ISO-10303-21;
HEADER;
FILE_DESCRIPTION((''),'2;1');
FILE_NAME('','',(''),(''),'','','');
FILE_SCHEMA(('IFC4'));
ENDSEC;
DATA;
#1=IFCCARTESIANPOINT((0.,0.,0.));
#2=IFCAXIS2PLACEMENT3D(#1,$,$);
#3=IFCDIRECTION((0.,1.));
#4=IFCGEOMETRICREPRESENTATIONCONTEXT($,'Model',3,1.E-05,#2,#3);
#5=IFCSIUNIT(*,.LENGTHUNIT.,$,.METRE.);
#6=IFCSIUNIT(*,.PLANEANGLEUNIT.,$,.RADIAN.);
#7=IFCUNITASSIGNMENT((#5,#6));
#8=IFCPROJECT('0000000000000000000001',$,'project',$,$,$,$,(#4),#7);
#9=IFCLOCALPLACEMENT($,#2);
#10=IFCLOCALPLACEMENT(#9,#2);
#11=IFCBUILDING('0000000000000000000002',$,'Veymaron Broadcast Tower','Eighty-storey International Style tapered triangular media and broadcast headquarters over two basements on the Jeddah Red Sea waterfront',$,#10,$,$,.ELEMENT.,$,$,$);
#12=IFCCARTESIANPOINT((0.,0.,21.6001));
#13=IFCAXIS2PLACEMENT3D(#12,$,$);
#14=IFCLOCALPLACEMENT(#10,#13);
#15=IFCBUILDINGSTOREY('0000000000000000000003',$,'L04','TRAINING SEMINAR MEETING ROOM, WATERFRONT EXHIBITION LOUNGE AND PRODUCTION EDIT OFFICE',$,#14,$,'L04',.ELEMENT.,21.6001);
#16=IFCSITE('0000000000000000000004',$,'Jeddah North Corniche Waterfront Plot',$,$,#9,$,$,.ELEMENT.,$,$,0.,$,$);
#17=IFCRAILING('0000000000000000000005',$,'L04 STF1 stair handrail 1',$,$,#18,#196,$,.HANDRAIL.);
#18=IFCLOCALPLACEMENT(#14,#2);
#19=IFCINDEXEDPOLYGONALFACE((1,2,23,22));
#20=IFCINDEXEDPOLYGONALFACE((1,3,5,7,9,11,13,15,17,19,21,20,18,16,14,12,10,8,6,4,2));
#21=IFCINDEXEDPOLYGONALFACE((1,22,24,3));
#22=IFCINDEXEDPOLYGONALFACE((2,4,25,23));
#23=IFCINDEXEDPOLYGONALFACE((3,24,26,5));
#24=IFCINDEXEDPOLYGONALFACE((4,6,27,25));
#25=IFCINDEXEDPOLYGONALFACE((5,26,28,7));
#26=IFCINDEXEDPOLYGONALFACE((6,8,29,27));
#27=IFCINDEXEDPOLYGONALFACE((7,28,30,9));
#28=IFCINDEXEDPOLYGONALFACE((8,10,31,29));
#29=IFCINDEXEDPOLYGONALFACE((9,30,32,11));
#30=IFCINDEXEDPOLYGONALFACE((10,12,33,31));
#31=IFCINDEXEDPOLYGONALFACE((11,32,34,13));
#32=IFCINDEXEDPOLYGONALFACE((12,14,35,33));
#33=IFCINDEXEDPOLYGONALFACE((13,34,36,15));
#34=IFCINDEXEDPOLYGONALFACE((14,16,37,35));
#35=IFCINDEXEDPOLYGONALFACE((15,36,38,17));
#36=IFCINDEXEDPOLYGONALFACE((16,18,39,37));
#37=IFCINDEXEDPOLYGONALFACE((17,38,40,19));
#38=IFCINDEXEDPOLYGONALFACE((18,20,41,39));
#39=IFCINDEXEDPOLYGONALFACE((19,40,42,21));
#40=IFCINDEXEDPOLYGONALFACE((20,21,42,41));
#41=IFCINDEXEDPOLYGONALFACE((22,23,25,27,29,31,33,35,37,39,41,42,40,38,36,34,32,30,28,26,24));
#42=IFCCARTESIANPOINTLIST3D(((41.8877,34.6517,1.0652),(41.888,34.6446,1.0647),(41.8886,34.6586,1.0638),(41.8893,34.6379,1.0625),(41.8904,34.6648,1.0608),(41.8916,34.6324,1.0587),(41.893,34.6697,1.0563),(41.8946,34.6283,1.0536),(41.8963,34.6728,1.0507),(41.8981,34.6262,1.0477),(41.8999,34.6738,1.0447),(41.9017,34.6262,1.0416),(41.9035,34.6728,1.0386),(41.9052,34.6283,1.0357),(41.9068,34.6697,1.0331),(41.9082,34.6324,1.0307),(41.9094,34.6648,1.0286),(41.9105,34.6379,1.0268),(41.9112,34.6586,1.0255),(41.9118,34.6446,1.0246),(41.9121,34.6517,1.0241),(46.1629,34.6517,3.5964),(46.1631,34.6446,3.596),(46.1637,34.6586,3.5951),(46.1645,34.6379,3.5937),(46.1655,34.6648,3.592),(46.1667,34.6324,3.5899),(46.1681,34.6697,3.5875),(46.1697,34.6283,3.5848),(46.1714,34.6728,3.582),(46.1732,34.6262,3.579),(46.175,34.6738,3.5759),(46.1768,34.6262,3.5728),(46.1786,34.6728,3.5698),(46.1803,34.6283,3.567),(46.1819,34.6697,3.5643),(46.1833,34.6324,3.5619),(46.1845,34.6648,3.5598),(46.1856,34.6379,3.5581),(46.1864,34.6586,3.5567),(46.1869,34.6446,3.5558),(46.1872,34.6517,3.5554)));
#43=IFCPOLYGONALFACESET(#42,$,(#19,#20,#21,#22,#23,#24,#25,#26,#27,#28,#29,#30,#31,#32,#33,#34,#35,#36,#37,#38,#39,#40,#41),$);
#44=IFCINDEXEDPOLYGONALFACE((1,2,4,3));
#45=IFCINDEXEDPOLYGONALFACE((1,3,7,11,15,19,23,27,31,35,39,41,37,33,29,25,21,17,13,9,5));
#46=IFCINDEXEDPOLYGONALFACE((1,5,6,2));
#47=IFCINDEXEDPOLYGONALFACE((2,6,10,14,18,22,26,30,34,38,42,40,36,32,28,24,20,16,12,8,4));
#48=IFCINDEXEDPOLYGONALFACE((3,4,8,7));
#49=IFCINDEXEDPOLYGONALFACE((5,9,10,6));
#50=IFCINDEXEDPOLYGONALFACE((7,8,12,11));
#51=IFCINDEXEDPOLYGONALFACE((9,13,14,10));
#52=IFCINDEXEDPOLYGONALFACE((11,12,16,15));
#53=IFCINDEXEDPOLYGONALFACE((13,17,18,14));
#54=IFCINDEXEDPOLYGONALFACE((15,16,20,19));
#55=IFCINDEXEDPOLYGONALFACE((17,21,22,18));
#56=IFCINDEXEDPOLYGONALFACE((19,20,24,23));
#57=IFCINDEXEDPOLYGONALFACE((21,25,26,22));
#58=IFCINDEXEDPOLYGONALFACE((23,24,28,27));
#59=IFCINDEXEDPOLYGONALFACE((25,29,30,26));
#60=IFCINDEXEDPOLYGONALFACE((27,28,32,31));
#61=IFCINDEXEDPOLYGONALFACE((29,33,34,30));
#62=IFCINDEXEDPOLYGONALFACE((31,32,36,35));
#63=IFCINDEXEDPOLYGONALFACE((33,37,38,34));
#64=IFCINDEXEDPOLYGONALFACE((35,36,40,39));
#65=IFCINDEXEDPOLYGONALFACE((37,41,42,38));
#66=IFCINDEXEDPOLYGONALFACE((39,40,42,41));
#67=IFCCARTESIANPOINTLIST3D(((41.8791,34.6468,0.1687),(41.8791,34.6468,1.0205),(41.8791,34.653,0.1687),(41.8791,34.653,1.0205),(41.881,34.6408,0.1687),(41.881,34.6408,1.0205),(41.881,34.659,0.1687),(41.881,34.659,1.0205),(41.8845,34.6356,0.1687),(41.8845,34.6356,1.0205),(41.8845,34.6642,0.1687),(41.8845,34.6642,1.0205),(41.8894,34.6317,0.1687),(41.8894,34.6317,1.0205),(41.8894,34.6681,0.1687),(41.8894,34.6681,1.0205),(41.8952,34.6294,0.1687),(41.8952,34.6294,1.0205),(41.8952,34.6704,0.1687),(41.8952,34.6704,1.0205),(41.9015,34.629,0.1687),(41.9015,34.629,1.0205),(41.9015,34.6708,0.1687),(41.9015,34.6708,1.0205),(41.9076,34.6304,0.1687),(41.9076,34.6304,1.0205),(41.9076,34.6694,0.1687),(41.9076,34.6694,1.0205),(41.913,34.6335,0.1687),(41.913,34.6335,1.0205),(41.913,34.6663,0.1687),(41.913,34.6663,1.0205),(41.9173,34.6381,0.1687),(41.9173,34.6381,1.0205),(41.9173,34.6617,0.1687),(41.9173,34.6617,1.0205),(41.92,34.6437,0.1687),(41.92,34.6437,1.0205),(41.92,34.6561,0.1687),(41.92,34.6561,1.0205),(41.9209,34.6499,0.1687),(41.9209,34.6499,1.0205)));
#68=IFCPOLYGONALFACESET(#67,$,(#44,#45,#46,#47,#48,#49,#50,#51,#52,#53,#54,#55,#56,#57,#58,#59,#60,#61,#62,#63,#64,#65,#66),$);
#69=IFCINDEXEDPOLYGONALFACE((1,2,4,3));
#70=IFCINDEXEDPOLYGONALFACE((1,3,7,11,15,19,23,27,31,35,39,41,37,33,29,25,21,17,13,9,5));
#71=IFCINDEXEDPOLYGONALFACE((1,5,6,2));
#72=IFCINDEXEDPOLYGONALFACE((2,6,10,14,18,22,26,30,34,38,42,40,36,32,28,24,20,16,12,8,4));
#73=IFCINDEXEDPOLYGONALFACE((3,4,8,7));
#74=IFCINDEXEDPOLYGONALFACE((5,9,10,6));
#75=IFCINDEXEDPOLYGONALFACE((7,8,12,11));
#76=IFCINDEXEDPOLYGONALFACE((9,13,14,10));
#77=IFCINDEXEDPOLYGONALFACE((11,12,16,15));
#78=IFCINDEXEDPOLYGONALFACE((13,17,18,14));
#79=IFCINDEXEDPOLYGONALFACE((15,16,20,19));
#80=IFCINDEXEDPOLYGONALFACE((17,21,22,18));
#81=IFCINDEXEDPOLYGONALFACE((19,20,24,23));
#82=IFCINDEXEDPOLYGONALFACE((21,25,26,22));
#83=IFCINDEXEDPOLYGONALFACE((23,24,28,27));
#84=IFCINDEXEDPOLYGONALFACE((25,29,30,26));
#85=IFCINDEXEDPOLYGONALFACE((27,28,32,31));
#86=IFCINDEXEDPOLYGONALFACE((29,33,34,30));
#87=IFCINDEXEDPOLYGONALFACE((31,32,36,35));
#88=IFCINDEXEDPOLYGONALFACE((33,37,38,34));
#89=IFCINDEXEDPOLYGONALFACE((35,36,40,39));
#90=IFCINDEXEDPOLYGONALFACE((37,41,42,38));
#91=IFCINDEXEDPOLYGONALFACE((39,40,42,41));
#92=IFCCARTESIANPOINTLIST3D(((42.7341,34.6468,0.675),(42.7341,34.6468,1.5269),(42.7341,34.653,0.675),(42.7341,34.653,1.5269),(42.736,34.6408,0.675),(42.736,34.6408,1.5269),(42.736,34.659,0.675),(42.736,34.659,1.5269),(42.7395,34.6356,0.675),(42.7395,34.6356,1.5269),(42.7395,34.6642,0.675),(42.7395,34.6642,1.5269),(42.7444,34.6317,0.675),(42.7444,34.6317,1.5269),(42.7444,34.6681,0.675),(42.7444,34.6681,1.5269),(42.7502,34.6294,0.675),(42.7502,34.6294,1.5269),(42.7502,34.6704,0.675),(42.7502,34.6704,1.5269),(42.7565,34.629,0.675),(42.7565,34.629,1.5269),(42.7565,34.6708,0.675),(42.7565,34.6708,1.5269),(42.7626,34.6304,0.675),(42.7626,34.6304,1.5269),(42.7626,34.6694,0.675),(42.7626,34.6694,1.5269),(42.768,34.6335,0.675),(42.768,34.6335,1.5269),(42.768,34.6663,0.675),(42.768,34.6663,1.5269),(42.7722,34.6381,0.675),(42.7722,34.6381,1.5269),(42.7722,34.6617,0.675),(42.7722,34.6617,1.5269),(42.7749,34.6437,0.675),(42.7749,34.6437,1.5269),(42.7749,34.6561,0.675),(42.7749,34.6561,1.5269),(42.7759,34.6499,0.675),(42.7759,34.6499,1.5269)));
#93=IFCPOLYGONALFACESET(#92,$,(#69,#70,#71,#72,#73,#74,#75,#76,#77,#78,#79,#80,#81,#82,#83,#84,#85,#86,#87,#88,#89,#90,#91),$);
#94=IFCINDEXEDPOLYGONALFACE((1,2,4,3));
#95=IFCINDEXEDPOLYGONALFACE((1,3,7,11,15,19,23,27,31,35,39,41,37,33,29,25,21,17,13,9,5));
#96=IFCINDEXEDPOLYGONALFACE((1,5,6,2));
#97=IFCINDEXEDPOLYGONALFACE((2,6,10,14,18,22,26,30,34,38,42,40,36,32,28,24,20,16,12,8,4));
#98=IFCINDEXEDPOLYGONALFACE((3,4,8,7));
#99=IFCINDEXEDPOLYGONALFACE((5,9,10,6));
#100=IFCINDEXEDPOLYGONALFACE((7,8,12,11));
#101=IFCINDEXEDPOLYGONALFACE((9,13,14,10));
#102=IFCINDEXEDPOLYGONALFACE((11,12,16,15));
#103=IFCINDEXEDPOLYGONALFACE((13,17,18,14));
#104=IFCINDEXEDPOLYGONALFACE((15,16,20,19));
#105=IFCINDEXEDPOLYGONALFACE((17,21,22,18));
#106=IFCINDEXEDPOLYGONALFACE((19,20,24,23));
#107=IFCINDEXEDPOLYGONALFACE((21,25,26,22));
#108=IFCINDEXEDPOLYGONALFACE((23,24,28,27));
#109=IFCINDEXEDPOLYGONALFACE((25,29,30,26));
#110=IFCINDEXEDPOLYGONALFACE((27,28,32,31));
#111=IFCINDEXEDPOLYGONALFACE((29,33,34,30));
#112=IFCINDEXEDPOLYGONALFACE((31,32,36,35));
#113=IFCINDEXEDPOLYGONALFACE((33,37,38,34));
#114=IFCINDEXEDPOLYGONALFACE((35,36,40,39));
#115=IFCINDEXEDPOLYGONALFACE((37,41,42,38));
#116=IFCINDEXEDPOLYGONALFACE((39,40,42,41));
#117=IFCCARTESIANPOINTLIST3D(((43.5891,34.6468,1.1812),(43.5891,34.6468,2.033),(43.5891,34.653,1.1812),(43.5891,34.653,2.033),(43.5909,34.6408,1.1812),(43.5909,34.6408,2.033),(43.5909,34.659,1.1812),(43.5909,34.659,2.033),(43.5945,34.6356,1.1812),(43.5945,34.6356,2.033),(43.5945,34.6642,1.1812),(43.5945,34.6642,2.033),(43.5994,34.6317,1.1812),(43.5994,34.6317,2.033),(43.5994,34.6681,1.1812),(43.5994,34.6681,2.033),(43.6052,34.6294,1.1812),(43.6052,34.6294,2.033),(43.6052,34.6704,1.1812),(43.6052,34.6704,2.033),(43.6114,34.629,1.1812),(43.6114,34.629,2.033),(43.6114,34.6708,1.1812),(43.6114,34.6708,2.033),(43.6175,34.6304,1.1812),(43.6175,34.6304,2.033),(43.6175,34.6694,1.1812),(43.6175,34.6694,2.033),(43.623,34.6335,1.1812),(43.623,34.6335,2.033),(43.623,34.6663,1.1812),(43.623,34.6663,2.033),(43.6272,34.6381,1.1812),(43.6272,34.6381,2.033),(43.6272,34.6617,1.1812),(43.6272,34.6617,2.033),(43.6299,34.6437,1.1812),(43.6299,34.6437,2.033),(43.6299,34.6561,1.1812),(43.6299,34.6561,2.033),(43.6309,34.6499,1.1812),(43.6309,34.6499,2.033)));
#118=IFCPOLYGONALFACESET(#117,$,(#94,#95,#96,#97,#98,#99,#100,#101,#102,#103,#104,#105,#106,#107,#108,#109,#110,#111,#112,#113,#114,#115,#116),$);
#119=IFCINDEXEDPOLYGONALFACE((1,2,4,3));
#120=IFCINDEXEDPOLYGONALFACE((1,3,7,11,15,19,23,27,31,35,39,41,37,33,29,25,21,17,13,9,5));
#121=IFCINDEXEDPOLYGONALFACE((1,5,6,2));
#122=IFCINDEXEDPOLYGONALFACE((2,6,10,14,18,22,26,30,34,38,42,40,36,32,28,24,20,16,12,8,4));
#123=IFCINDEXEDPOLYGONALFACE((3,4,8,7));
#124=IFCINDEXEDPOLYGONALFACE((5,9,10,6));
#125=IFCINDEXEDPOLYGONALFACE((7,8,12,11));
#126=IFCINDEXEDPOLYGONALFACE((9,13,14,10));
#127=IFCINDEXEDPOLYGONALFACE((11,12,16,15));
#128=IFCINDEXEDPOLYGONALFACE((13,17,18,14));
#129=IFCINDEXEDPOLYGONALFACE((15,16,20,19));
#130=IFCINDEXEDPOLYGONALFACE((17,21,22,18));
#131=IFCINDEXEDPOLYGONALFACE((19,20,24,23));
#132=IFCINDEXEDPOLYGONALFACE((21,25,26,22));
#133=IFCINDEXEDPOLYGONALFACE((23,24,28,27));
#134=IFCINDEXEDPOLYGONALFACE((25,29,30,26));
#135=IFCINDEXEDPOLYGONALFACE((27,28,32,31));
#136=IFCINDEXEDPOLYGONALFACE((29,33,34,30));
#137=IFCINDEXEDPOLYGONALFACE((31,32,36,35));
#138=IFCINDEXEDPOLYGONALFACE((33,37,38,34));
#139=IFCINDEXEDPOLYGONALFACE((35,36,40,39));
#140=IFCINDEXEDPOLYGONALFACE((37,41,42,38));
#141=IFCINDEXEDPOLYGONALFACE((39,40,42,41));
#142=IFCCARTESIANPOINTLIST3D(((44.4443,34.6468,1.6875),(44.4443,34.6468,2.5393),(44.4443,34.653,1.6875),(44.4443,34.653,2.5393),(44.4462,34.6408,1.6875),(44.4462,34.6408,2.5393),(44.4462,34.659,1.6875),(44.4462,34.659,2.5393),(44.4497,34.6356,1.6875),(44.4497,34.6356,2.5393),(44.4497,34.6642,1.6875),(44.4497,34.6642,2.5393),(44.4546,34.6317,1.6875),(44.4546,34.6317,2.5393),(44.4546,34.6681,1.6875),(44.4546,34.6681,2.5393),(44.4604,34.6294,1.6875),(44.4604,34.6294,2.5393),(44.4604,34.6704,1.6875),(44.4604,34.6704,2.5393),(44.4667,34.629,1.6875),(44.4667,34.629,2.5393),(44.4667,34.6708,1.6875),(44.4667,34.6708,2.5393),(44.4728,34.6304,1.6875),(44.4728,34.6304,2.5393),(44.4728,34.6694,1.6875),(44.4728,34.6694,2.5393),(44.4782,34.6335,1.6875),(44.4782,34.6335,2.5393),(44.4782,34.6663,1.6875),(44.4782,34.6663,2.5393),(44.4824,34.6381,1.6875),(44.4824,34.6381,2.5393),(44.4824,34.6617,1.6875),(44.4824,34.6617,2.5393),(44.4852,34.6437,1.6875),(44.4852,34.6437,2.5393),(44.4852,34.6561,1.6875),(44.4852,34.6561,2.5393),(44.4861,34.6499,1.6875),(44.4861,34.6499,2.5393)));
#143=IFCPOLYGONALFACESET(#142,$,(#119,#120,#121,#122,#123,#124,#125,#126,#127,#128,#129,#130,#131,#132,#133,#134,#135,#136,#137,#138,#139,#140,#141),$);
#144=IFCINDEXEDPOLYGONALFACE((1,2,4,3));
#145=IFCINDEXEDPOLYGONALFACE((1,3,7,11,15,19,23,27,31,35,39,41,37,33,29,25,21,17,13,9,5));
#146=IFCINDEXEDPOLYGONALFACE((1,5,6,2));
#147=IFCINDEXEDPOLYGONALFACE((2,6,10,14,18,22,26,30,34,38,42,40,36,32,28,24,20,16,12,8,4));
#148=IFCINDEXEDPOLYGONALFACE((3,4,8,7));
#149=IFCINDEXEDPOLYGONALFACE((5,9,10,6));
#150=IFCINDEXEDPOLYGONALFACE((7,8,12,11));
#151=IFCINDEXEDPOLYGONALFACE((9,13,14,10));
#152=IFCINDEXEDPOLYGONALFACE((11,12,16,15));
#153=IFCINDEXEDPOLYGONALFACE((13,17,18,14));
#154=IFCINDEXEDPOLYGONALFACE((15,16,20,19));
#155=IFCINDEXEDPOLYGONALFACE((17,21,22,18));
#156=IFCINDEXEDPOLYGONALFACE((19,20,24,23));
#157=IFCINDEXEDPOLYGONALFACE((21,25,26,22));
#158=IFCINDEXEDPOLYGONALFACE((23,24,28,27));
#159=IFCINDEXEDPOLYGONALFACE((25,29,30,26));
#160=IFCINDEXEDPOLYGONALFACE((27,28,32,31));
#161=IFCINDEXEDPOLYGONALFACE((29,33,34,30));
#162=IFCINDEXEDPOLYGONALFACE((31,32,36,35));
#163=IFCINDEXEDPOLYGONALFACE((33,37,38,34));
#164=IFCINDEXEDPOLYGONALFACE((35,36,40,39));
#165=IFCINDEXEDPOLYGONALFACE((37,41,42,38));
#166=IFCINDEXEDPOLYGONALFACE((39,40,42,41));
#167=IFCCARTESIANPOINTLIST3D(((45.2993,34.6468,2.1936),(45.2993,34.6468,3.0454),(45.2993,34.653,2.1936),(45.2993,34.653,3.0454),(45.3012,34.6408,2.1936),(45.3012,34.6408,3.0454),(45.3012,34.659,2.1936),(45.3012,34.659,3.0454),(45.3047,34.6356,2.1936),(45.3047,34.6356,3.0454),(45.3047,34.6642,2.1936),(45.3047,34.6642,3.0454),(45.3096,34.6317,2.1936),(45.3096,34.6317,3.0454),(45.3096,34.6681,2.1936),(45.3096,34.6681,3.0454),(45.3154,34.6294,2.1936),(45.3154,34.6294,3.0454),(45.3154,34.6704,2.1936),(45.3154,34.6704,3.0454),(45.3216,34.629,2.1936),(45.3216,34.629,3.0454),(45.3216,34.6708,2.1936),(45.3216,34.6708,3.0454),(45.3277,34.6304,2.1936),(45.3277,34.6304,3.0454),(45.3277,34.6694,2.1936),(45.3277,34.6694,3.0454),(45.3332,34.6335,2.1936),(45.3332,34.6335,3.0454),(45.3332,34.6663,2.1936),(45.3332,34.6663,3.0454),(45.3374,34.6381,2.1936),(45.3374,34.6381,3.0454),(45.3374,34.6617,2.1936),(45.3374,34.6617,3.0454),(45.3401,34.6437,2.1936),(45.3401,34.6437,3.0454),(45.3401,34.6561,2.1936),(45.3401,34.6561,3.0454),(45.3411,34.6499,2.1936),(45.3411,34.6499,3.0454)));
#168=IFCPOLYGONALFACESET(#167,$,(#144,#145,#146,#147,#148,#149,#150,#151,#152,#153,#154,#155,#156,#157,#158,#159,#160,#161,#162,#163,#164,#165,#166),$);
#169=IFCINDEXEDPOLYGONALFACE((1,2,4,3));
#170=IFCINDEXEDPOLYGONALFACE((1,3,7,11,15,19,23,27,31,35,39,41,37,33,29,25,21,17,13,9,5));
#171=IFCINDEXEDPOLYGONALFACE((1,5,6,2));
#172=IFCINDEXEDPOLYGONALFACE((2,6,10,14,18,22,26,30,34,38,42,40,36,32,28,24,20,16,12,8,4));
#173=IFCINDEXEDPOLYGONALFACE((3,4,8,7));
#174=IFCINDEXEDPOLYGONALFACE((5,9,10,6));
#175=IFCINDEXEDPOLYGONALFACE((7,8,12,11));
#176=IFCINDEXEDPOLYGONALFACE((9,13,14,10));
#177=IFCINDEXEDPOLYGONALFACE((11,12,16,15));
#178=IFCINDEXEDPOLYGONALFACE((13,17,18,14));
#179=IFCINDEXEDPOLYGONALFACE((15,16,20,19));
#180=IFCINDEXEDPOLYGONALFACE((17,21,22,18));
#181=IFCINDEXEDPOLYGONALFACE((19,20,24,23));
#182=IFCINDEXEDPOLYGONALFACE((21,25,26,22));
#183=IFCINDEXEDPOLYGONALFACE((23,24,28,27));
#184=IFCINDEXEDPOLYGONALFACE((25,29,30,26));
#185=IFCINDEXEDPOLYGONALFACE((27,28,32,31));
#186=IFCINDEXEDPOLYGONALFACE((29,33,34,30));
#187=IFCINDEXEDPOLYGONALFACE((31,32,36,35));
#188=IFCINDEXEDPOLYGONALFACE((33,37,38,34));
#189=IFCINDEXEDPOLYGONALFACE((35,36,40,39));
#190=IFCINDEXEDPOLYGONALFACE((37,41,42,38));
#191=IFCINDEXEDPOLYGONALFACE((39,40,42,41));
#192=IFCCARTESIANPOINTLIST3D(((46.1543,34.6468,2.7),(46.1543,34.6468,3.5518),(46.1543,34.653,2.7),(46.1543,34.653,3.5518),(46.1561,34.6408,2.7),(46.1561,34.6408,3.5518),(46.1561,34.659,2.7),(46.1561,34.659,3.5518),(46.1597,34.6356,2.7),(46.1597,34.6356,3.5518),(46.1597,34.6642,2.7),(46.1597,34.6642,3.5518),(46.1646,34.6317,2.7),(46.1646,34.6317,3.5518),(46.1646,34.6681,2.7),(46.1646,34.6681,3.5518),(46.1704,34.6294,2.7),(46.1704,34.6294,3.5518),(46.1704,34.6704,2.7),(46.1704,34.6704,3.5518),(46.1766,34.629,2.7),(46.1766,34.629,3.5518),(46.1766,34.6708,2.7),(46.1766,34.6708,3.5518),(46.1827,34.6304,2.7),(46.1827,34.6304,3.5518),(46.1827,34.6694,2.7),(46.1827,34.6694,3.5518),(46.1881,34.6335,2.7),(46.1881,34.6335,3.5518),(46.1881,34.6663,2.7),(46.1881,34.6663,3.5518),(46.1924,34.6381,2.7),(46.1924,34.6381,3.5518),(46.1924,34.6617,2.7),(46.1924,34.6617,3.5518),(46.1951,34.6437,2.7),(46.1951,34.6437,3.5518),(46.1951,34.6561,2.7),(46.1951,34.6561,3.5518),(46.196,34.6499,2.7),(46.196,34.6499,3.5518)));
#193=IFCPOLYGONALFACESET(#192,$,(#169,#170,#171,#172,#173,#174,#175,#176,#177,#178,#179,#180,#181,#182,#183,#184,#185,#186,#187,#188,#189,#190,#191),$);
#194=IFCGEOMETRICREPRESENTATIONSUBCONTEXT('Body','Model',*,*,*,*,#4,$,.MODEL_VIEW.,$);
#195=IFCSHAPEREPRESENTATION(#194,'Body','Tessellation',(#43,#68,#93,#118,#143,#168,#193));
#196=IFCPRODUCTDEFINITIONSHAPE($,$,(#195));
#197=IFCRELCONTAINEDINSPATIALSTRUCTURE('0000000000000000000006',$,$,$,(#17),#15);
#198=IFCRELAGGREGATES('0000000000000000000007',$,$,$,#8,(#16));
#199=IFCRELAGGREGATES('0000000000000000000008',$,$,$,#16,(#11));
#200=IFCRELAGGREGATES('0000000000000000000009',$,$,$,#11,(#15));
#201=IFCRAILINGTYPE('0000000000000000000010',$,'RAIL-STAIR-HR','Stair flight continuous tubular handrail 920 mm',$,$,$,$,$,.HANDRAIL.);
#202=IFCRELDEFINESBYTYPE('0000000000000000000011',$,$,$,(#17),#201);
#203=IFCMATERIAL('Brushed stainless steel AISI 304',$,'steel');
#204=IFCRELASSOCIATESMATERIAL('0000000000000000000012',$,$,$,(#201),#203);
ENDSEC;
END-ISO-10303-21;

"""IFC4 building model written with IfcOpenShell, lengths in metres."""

from ifc_helpers import new_model, si_unit, direction, frame, origin, origin_2d, place, context, subcontext, project, spatial, circle, extrude, material, type_object, element, save


model = new_model("IFC4")

# Units and contexts
model_context = context("Model", 3, precision=1e-05, world=origin(), true_north=direction((0.0, 1.0)))
body_context = subcontext(model_context, "Body", "Model", "MODEL_VIEW")
ifc_project = project(units=[si_unit("LENGTHUNIT", "METRE"), si_unit("PLANEANGLEUNIT", "RADIAN")], contexts=[model_context])

# Site, building, storey
site_placement = place(None, origin())
site = spatial("IfcSite", under=ifc_project, at=site_placement, Name="Jeddah North Corniche Waterfront Plot", CompositionType="ELEMENT", RefElevation=0.0)
building_placement = place(site_placement, origin())
building = spatial("IfcBuilding", under=site, at=building_placement, Name="Veymaron Broadcast Tower", Description="Eighty-storey International Style tapered triangular media and broadcast headquarters over two basements on the Jeddah Red Sea waterfront", CompositionType="ELEMENT")
storey_placement = place(building_placement, frame((0.0, 0.0, 21.6001)))
storey = spatial("IfcBuildingStorey", under=building, at=storey_placement, Name="L04", Description="TRAINING SEMINAR MEETING ROOM, WATERFRONT EXHIBITION LOUNGE AND PRODUCTION EDIT OFFICE", LongName="L04", CompositionType="ELEMENT", Elevation=21.6001)

# Shared definitions
ifc_material_1 = material(Name="Brushed stainless steel AISI 304", Category="steel")

# Railing
railing_type_1 = type_object("IfcRailingType", Name="RAIL-STAIR-HR", Description="Stair flight continuous tubular handrail 920 mm", PredefinedType="HANDRAIL", material=ifc_material_1)
railing_1_placement = place(storey_placement, frame((41.8999, 34.6499, 0.1687)))
element("IfcRailing", 1, at=railing_1_placement, inside=storey, type_object=railing_type_1, Name="L04 STF1 stair handrail 1", PredefinedType="HANDRAIL", context=body_context, shape_type="SweptSolid", body=[
    extrude(circle(Radius=0.0239, at=origin_2d()), frame((0.0, 0.0, 0.876), z_axis=(0.860483, 0.0, 0.509479), x_axis=(0.0, 1.0, 0.0)), (0.0, 0.0, 1.0), 4.9683),
    extrude(circle(Radius=0.021, at=origin_2d()), origin(), (0.0, 0.0, 1.0), 0.8518),
    extrude(circle(Radius=0.021, at=origin_2d()), frame((0.855, 0.0, 0.5063)), (0.0, 0.0, 1.0), 0.8518),
    extrude(circle(Radius=0.021, at=origin_2d()), frame((1.71, 0.0, 1.0125)), (0.0, 0.0, 1.0), 0.8518),
    extrude(circle(Radius=0.021, at=origin_2d()), frame((2.5652, 0.0, 1.5188)), (0.0, 0.0, 1.0), 0.8518),
    extrude(circle(Radius=0.021, at=origin_2d()), frame((3.4202, 0.0, 2.0249)), (0.0, 0.0, 1.0), 0.8518),
    extrude(circle(Radius=0.021, at=origin_2d()), frame((4.2751, 0.0, 2.5312)), (0.0, 0.0, 1.0), 0.8518),
])

save(model, "model.ifc")
